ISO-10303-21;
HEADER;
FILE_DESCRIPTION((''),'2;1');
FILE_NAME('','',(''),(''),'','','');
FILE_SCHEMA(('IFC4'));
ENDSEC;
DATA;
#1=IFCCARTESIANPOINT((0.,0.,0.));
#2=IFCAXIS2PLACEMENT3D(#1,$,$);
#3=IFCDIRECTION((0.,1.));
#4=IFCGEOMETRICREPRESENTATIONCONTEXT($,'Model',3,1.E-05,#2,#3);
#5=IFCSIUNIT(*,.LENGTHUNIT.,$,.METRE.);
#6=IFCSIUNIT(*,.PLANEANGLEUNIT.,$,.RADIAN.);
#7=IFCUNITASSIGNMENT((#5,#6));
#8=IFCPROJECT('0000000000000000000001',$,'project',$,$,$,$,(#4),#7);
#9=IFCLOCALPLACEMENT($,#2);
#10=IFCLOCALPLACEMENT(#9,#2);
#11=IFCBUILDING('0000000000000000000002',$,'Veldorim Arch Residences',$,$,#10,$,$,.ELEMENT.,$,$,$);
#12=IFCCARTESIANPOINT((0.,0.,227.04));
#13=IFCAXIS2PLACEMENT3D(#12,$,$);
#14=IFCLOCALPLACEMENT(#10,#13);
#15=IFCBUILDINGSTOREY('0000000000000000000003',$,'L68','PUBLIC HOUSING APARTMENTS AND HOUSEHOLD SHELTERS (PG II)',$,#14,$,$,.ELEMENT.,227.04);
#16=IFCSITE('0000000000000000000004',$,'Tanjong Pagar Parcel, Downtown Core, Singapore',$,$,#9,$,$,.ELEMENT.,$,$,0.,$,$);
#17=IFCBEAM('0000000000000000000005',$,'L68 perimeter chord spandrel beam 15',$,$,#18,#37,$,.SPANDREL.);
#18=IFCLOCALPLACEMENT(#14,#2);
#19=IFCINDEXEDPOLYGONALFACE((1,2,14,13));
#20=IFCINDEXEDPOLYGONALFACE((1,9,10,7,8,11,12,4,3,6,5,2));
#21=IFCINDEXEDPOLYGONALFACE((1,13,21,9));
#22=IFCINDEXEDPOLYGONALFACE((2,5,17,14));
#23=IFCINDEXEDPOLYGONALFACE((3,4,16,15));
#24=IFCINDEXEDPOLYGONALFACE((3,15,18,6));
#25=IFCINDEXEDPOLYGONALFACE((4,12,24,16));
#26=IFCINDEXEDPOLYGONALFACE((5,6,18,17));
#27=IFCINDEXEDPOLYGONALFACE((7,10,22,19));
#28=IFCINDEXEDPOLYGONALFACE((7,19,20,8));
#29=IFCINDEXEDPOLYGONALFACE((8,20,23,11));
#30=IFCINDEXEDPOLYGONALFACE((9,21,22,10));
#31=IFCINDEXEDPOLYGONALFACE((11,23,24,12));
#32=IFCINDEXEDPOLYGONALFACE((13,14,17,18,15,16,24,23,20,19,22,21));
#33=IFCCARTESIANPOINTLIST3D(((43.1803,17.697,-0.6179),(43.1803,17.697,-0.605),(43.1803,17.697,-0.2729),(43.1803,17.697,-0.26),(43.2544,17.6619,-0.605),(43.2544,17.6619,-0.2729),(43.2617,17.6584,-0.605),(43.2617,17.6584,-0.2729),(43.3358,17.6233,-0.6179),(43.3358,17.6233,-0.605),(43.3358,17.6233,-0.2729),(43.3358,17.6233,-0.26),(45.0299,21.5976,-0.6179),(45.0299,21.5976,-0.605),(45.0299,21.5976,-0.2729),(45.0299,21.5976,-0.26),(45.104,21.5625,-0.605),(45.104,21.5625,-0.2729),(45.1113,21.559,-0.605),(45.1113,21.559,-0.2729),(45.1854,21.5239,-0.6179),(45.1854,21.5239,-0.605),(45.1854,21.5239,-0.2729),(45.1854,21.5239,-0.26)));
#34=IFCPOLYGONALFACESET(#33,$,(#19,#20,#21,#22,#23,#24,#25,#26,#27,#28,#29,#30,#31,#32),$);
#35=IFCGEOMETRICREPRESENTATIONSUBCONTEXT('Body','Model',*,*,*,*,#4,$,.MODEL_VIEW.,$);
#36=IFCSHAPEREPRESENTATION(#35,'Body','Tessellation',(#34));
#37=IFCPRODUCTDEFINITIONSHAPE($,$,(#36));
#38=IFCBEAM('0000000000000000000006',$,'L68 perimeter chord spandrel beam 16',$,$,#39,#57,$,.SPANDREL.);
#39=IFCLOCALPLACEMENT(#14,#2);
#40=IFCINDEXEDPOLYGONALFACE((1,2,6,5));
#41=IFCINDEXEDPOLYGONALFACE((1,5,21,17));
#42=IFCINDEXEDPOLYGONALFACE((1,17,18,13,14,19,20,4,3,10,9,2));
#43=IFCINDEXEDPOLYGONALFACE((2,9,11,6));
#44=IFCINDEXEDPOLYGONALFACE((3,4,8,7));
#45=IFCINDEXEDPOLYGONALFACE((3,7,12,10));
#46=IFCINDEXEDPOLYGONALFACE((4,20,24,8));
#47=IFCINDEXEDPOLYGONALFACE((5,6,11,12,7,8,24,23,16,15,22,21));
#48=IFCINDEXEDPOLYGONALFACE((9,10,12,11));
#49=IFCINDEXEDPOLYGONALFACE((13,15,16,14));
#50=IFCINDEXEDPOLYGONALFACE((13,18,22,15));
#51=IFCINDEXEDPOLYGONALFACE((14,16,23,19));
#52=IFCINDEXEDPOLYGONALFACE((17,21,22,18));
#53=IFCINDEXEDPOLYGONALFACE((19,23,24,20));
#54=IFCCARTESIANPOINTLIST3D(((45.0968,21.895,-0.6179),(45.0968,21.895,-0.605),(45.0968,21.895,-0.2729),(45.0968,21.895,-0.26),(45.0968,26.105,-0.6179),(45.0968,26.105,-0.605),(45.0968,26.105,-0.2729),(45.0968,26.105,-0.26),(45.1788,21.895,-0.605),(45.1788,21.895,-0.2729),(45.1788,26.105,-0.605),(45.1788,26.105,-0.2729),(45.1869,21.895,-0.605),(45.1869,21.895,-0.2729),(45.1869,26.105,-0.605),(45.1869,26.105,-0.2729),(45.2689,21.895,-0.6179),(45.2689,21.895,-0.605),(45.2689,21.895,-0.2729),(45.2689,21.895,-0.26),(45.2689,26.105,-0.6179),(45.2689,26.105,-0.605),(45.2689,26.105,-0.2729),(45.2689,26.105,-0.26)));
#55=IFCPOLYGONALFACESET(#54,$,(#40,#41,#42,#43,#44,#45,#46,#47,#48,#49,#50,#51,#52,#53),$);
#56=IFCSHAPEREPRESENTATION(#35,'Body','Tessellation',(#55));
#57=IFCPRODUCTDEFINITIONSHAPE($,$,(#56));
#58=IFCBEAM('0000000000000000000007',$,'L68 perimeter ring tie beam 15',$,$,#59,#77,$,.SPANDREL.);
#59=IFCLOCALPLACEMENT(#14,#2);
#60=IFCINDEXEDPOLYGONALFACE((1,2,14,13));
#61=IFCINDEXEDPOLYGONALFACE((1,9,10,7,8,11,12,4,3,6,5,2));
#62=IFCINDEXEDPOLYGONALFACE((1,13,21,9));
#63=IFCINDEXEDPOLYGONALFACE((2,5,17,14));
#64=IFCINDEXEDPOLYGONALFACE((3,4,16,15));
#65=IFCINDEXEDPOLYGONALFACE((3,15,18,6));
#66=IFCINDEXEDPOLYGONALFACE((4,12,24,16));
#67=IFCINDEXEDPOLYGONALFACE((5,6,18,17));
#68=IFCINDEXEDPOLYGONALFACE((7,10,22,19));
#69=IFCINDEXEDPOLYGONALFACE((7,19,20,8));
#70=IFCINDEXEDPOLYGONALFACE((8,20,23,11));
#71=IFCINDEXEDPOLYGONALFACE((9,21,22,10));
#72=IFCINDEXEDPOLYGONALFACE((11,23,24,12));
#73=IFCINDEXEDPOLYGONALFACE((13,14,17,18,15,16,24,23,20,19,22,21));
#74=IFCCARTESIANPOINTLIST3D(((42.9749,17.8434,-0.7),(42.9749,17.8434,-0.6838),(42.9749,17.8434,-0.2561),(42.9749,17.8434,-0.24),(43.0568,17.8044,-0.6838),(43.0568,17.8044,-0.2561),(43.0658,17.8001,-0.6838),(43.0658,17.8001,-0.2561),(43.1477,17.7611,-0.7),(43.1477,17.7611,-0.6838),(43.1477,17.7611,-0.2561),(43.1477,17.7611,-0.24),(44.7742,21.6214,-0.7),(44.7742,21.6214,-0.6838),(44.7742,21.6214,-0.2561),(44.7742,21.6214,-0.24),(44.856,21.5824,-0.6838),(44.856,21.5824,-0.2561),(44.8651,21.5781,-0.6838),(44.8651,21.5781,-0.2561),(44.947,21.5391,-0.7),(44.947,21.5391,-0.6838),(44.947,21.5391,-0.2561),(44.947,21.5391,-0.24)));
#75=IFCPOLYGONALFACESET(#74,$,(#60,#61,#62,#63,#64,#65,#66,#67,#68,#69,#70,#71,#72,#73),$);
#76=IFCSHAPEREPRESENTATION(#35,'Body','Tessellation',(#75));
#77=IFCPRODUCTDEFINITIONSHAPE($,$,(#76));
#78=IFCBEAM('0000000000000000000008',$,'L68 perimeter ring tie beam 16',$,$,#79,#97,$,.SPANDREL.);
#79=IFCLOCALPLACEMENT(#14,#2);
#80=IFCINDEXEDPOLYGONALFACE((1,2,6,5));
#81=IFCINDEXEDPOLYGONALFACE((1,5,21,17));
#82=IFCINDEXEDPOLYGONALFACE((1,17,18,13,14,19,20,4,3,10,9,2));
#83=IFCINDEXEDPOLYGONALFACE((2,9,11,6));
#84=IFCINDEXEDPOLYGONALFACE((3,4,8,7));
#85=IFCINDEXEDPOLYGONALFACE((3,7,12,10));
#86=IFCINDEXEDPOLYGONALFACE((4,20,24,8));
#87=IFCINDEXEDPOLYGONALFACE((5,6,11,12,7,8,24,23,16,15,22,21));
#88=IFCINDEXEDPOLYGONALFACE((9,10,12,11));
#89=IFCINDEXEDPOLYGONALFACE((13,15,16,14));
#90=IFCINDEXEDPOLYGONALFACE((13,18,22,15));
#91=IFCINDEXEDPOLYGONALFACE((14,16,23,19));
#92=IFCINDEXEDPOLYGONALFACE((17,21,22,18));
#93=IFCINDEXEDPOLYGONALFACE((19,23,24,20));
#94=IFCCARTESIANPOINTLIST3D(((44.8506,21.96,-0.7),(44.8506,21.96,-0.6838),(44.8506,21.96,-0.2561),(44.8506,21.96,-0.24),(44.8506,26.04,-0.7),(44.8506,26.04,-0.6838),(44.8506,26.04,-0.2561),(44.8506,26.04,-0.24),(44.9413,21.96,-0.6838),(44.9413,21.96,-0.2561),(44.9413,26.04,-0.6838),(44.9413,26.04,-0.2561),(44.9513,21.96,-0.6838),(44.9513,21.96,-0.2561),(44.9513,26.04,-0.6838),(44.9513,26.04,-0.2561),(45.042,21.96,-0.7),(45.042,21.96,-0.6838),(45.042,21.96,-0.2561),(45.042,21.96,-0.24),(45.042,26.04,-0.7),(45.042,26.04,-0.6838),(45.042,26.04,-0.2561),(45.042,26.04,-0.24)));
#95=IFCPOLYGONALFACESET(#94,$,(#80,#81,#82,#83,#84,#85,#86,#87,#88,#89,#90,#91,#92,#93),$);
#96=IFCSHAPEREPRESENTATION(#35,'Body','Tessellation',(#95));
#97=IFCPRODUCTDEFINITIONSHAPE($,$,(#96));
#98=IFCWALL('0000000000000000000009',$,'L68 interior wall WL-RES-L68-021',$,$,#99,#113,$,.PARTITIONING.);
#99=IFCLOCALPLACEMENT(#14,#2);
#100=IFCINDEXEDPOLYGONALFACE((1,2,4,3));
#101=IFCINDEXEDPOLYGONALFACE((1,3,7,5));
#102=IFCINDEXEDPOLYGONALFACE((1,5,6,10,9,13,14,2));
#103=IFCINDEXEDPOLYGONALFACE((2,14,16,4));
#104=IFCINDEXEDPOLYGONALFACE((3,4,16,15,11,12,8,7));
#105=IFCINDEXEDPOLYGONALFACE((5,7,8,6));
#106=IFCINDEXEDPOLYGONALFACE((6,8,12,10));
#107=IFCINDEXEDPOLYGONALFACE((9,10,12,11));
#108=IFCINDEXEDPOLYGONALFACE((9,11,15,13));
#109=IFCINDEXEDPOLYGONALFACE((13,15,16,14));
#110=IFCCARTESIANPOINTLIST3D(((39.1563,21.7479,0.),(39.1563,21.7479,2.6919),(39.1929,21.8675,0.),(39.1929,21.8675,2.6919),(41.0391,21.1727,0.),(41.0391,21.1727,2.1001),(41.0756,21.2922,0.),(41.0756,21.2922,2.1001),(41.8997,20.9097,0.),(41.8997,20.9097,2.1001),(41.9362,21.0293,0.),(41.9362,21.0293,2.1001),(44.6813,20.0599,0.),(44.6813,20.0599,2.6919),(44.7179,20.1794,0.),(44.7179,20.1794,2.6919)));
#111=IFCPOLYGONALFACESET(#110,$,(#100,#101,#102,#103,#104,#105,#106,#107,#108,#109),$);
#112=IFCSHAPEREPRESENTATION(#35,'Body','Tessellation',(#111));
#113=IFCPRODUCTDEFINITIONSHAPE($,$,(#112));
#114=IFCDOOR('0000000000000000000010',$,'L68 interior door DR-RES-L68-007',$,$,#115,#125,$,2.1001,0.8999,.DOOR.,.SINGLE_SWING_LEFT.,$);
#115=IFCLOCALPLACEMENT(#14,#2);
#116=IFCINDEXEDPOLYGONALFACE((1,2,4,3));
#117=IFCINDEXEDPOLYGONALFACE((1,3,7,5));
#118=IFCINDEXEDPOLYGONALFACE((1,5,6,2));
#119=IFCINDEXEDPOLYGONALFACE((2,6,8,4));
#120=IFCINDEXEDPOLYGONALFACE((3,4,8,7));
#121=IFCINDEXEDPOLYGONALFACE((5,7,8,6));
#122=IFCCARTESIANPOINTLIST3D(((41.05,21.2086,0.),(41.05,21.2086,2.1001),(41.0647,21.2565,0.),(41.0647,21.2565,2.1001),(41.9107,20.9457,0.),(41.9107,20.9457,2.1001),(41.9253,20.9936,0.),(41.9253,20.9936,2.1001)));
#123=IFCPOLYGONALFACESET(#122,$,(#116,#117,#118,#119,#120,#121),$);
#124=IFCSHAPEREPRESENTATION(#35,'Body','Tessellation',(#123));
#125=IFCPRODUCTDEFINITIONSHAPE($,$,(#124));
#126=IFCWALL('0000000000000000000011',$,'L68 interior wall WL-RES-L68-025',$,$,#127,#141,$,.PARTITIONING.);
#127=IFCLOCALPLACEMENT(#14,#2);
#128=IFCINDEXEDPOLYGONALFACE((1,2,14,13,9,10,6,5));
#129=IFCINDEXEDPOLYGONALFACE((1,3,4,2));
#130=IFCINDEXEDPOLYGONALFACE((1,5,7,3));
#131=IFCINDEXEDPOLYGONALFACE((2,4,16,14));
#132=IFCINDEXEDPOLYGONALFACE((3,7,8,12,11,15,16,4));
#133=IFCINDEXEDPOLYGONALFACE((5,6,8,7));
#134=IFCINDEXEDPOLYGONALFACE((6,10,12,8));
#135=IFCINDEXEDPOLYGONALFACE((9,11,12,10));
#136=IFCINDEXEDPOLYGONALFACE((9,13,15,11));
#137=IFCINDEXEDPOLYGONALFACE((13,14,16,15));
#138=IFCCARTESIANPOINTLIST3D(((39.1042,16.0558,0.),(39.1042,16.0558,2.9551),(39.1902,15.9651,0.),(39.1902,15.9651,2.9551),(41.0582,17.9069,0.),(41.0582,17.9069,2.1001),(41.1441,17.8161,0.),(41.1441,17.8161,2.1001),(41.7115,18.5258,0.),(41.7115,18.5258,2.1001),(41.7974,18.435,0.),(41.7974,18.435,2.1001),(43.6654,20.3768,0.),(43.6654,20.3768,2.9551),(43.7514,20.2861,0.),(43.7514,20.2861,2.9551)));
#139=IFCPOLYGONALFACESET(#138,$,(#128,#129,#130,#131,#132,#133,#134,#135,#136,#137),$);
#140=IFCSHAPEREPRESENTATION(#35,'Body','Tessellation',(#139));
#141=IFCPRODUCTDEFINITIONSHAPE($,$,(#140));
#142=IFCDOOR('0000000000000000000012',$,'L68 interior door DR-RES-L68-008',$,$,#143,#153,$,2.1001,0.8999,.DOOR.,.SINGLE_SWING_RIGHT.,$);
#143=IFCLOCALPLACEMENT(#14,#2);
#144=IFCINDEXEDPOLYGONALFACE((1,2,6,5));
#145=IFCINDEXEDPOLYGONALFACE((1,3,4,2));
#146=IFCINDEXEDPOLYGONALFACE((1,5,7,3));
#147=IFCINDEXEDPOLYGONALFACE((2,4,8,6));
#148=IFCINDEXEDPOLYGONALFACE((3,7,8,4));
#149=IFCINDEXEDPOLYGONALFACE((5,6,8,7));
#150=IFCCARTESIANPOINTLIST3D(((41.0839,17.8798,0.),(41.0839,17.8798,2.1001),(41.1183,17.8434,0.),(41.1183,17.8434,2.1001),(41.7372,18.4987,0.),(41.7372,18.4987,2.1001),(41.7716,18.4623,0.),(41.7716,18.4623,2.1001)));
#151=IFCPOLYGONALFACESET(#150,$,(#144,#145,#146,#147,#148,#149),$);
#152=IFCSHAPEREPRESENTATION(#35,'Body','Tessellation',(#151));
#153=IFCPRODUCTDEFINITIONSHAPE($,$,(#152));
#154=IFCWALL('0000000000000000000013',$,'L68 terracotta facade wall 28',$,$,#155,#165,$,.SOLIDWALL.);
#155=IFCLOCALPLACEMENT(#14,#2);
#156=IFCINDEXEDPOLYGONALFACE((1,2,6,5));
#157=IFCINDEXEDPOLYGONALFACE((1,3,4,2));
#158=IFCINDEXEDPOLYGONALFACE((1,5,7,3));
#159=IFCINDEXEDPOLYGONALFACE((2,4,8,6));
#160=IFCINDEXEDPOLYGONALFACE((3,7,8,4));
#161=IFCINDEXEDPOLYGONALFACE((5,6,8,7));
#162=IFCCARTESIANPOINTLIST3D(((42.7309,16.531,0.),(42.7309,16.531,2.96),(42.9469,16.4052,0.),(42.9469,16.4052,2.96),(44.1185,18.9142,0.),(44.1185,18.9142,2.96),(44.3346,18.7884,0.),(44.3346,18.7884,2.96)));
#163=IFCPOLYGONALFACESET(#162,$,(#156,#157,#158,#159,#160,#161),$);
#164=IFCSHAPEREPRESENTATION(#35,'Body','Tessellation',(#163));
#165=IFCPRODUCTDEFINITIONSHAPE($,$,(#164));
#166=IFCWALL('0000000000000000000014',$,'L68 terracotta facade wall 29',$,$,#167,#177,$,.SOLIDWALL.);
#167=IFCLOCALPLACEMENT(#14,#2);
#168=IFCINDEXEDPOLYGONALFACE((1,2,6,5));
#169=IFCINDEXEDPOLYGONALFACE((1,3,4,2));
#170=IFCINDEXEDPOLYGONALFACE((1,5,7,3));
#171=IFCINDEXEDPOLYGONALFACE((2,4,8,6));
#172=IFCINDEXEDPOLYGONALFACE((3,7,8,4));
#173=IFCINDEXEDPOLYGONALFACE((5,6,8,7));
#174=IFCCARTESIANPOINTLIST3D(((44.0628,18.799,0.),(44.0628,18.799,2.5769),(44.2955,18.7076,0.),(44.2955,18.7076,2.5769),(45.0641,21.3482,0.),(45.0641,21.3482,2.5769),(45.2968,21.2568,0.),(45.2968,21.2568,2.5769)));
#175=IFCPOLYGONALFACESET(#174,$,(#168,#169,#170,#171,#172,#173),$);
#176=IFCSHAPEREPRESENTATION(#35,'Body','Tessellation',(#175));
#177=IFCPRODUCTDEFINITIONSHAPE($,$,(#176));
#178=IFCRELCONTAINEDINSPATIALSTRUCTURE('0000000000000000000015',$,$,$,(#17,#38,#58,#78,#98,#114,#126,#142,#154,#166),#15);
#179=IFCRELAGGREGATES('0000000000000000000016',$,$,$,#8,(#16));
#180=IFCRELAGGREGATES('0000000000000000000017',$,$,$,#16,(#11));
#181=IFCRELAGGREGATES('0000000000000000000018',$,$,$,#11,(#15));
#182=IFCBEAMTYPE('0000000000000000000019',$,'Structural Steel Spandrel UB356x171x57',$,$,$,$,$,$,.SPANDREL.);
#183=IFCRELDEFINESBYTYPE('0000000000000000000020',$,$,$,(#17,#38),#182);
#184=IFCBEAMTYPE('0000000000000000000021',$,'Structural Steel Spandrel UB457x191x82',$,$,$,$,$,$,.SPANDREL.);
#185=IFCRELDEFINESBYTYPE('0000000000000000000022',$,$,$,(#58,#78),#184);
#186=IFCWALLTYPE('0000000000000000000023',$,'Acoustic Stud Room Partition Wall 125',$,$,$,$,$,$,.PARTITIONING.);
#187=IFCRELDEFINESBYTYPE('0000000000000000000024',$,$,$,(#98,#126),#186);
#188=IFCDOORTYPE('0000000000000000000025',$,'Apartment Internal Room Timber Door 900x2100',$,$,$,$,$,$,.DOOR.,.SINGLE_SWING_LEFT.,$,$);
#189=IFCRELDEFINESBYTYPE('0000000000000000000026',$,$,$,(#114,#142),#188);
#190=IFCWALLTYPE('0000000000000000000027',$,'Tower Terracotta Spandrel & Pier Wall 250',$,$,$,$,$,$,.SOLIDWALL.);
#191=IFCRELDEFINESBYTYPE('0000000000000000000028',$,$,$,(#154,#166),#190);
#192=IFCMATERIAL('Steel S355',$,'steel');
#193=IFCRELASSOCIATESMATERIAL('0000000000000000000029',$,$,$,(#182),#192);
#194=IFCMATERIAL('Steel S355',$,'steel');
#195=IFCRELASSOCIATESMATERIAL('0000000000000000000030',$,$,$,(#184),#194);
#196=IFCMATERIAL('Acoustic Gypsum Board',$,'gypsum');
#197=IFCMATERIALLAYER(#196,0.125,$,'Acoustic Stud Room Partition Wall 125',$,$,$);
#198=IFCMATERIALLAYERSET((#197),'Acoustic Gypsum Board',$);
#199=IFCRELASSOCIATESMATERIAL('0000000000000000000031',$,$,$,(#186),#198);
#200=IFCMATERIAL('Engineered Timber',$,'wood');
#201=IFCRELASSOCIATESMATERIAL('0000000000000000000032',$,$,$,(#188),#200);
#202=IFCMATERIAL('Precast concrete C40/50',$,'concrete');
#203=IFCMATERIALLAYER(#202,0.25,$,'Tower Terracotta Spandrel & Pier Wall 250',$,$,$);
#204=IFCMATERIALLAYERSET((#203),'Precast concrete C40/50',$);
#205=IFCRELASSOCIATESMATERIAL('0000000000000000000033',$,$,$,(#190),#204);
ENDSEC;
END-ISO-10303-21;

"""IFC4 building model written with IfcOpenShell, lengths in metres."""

from ifc_helpers import new_model, si_unit, direction, frame, frame_2d, origin, origin_2d, place, context, subcontext, project, spatial, rectangle, i_section, extrude, material, layer, layer_set, material_profile, profile_set, type_object, element, fill, save


model = new_model("IFC4")

# Units and contexts
model_context = context("Model", 3, precision=1e-05, world=origin(), true_north=direction((0.0, 1.0)))
body_context = subcontext(model_context, "Body", "Model", "MODEL_VIEW")
ifc_project = project(units=[si_unit("LENGTHUNIT", "METRE"), si_unit("PLANEANGLEUNIT", "RADIAN")], contexts=[model_context])

# Site, building, storey
site_placement = place(None, origin())
site = spatial("IfcSite", under=ifc_project, at=site_placement, Name="Tanjong Pagar Parcel, Downtown Core, Singapore", CompositionType="ELEMENT", RefElevation=0.0)
building_placement = place(site_placement, origin())
building = spatial("IfcBuilding", under=site, at=building_placement, Name="Veldorim Arch Residences", CompositionType="ELEMENT")
storey_placement = place(building_placement, frame((0.0, 0.0, 227.04)))
storey = spatial("IfcBuildingStorey", under=building, at=storey_placement, Name="L68", Description="PUBLIC HOUSING APARTMENTS AND HOUSEHOLD SHELTERS (PG II)", CompositionType="ELEMENT", Elevation=227.04)

# Beams
ifc_material_1 = material(Name="Steel S355", Category="steel")
ifc_material_profile_1 = material_profile(ifc_material_1, i_section(OverallWidth=0.1721, OverallDepth=0.3579, WebThickness=0.0081, FlangeThickness=0.0129, at=origin_2d()), Name="UB356x171x57")
ifc_profile_set_1 = profile_set([ifc_material_profile_1], Name="Steel S355")
beam_type_1 = type_object("IfcBeamType", Name="Structural Steel Spandrel UB356x171x57", PredefinedType="SPANDREL", material=ifc_profile_set_1)
beam_1_placement = place(storey_placement, frame((43.2581, 17.6602, -0.439), z_axis=(0.428453, 0.903564, 0.0), x_axis=(-0.903564, 0.428453, 0.0)))
element("IfcBeam", 1, at=beam_1_placement, inside=storey, type_object=beam_type_1, Name="L68 perimeter chord spandrel beam 15", PredefinedType="SPANDREL", context=body_context, shape_type="SweptSolid", body=[
    extrude(i_section(OverallWidth=0.1721, OverallDepth=0.3579, WebThickness=0.0081, FlangeThickness=0.0129, at=origin_2d()), origin(), (0.0, 0.0, 1.0), 4.3169),
])
beam_2_placement = place(storey_placement, frame((45.1829, 21.895, -0.439), z_axis=(0.0, 1.0, 0.0), x_axis=(-1.0, 0.0, 0.0)))
element("IfcBeam", 2, at=beam_2_placement, inside=storey, type_object=beam_type_1, Name="L68 perimeter chord spandrel beam 16", PredefinedType="SPANDREL", context=body_context, shape_type="SweptSolid", body=[
    extrude(i_section(OverallWidth=0.1721, OverallDepth=0.3579, WebThickness=0.0081, FlangeThickness=0.0129, at=origin_2d()), origin(), (0.0, 0.0, 1.0), 4.21),
])
ifc_material_2 = material(Name="Steel S355", Category="steel")
ifc_material_profile_2 = material_profile(ifc_material_2, i_section(OverallWidth=0.1914, OverallDepth=0.46, WebThickness=0.01, FlangeThickness=0.0161, at=origin_2d()), Name="UB457x191x82")
ifc_profile_set_2 = profile_set([ifc_material_profile_2], Name="Steel S355")
beam_type_2 = type_object("IfcBeamType", Name="Structural Steel Spandrel UB457x191x82", PredefinedType="SPANDREL", material=ifc_profile_set_2)
beam_3_placement = place(storey_placement, frame((43.0613, 17.8022, -0.47), z_axis=(0.429979, 0.902839, 0.0), x_axis=(-0.902839, 0.429979, 0.0)))
element("IfcBeam", 3, at=beam_3_placement, inside=storey, type_object=beam_type_2, Name="L68 perimeter ring tie beam 15", PredefinedType="SPANDREL", context=body_context, shape_type="SweptSolid", body=[
    extrude(i_section(OverallWidth=0.1914, OverallDepth=0.46, WebThickness=0.01, FlangeThickness=0.0161, at=origin_2d()), origin(), (0.0, 0.0, 1.0), 4.1846),
])
beam_4_placement = place(storey_placement, frame((44.9463, 21.96, -0.47), z_axis=(0.0, 1.0, 0.0), x_axis=(-1.0, 0.0, 0.0)))
element("IfcBeam", 4, at=beam_4_placement, inside=storey, type_object=beam_type_2, Name="L68 perimeter ring tie beam 16", PredefinedType="SPANDREL", context=body_context, shape_type="SweptSolid", body=[
    extrude(i_section(OverallWidth=0.1914, OverallDepth=0.46, WebThickness=0.01, FlangeThickness=0.0161, at=origin_2d()), origin(), (0.0, 0.0, 1.0), 4.0801),
])

# Walls, openings, doors
ifc_material_3 = material(Name="Acoustic Gypsum Board", Category="gypsum")
ifc_layer_1 = layer(ifc_material_3, 0.125, Name="Acoustic Stud Room Partition Wall 125")
ifc_layer_set_1 = layer_set([ifc_layer_1], Name="Acoustic Gypsum Board")
wall_type_1 = type_object("IfcWallType", Name="Acoustic Stud Room Partition Wall 125", PredefinedType="PARTITIONING", material=ifc_layer_set_1)
wall_1_placement = place(storey_placement, frame((44.6997, 20.1196, 0.0), z_axis=(0.0, 0.0, 1.0), x_axis=(-0.95636, 0.292191, 0.0)))
wall_1 = element("IfcWall", 5, at=wall_1_placement, inside=storey, type_object=wall_type_1, Name="L68 interior wall WL-RES-L68-021", PredefinedType="PARTITIONING", context=body_context, shape_type="SweptSolid", body=[
    extrude(rectangle(XDim=5.7771, YDim=0.125, at=frame_2d((2.8887, 0.0))), origin(), (0.0, 0.0, 1.0), 2.6919),
])
opening_1_placement = place(wall_1_placement, frame((2.9087, 0.0, 0.0)))
opening_1 = element("IfcOpeningElement", 6, at=opening_1_placement, cuts=wall_1, PredefinedType="OPENING", context=body_context, shape_type="SweptSolid", body=[
    extrude(rectangle(XDim=0.8999, YDim=2.1001, at=frame_2d((0.45, 1.05))), frame((0.0, 0.0725, 0.0), z_axis=(0.0, -1.0, 0.0), x_axis=(1.0, 0.0, 0.0)), (0.0, 0.0, 1.0), 0.145),
])
ifc_material_4 = material(Name="Engineered Timber", Category="wood")
door_type = type_object("IfcDoorType", Name="Apartment Internal Room Timber Door 900x2100", OperationType="SINGLE_SWING_LEFT", PredefinedType="DOOR", material=ifc_material_4)
door_1_placement = place(opening_1_placement, origin())
door_1 = element("IfcDoor", 7, at=door_1_placement, inside=storey, type_object=door_type, Name="L68 interior door DR-RES-L68-007", OperationType="SINGLE_SWING_LEFT", OverallHeight=2.1001, OverallWidth=0.8999, PredefinedType="DOOR", context=body_context, shape_type="SweptSolid", body=[
    extrude(rectangle(XDim=0.8999, YDim=2.1001, at=frame_2d((0.45, 1.05))), frame((0.0, 0.0249, 0.0), z_axis=(0.0, -1.0, 0.0), x_axis=(1.0, 0.0, 0.0)), (0.0, 0.0, 1.0), 0.05),
])
fill(opening_1, door_1)
wall_2_placement = place(storey_placement, frame((43.7085, 20.3315, 0.0), z_axis=(0.0, 0.0, 1.0), x_axis=(-0.725966, -0.687731, 0.0)))
wall_2 = element("IfcWall", 8, at=wall_2_placement, inside=storey, type_object=wall_type_1, Name="L68 interior wall WL-RES-L68-025", PredefinedType="PARTITIONING", context=body_context, shape_type="SweptSolid", body=[
    extrude(rectangle(XDim=6.283, YDim=0.125, at=frame_2d((3.1416, 0.0))), origin(), (0.0, 0.0, 1.0), 2.9551),
])
opening_2_placement = place(wall_2_placement, frame((2.6917, 0.0, 0.0)))
opening_2 = element("IfcOpeningElement", 9, at=opening_2_placement, cuts=wall_2, PredefinedType="OPENING", context=body_context, shape_type="SweptSolid", body=[
    extrude(rectangle(XDim=0.8999, YDim=2.1001, at=frame_2d((0.45, 1.05))), frame((0.0, 0.0725, 0.0), z_axis=(0.0, -1.0, 0.0), x_axis=(1.0, 0.0, 0.0)), (0.0, 0.0, 1.0), 0.145),
])
door_2_placement = place(opening_2_placement, origin())
door_2 = element("IfcDoor", 10, at=door_2_placement, inside=storey, type_object=door_type, Name="L68 interior door DR-RES-L68-008", OperationType="SINGLE_SWING_RIGHT", OverallHeight=2.1001, OverallWidth=0.8999, PredefinedType="DOOR", context=body_context, shape_type="SweptSolid", body=[
    extrude(rectangle(XDim=0.8999, YDim=2.1001, at=frame_2d((0.45, 1.05))), frame((0.0, 0.0249, 0.0), z_axis=(0.0, -1.0, 0.0), x_axis=(1.0, 0.0, 0.0)), (0.0, 0.0, 1.0), 0.05),
])
fill(opening_2, door_2)

# Walls
ifc_material_5 = material(Name="Precast concrete C40/50", Category="concrete")
ifc_layer_2 = layer(ifc_material_5, 0.25, Name="Tower Terracotta Spandrel & Pier Wall 250")
ifc_layer_set_2 = layer_set([ifc_layer_2], Name="Precast concrete C40/50")
wall_type_2 = type_object("IfcWallType", Name="Tower Terracotta Spandrel & Pier Wall 250", PredefinedType="SOLIDWALL", material=ifc_layer_set_2)
wall_3_placement = place(storey_placement, frame((44.2266, 18.8513, 0.0), z_axis=(0.0, 0.0, 1.0), x_axis=(-0.503177, -0.864183, 0.0)))
element("IfcWall", 11, at=wall_3_placement, inside=storey, type_object=wall_type_2, Name="L68 terracotta facade wall 28", PredefinedType="SOLIDWALL", context=body_context, shape_type="SweptSolid", body=[
    extrude(rectangle(XDim=2.7578, YDim=0.25, at=frame_2d((1.3789, 0.0))), origin(), (0.0, 0.0, 1.0), 2.96),
])
wall_4_placement = place(storey_placement, frame((45.1804, 21.3025, 0.0), z_axis=(0.0, 0.0, 1.0), x_axis=(-0.365589, -0.930776, 0.0)))
element("IfcWall", 12, at=wall_4_placement, inside=storey, type_object=wall_type_2, Name="L68 terracotta facade wall 29", PredefinedType="SOLIDWALL", context=body_context, shape_type="SweptSolid", body=[
    extrude(rectangle(XDim=2.7388, YDim=0.25, at=frame_2d((1.3694, 0.0))), origin(), (0.0, 0.0, 1.0), 2.5769),
])

save(model, "model.ifc")
